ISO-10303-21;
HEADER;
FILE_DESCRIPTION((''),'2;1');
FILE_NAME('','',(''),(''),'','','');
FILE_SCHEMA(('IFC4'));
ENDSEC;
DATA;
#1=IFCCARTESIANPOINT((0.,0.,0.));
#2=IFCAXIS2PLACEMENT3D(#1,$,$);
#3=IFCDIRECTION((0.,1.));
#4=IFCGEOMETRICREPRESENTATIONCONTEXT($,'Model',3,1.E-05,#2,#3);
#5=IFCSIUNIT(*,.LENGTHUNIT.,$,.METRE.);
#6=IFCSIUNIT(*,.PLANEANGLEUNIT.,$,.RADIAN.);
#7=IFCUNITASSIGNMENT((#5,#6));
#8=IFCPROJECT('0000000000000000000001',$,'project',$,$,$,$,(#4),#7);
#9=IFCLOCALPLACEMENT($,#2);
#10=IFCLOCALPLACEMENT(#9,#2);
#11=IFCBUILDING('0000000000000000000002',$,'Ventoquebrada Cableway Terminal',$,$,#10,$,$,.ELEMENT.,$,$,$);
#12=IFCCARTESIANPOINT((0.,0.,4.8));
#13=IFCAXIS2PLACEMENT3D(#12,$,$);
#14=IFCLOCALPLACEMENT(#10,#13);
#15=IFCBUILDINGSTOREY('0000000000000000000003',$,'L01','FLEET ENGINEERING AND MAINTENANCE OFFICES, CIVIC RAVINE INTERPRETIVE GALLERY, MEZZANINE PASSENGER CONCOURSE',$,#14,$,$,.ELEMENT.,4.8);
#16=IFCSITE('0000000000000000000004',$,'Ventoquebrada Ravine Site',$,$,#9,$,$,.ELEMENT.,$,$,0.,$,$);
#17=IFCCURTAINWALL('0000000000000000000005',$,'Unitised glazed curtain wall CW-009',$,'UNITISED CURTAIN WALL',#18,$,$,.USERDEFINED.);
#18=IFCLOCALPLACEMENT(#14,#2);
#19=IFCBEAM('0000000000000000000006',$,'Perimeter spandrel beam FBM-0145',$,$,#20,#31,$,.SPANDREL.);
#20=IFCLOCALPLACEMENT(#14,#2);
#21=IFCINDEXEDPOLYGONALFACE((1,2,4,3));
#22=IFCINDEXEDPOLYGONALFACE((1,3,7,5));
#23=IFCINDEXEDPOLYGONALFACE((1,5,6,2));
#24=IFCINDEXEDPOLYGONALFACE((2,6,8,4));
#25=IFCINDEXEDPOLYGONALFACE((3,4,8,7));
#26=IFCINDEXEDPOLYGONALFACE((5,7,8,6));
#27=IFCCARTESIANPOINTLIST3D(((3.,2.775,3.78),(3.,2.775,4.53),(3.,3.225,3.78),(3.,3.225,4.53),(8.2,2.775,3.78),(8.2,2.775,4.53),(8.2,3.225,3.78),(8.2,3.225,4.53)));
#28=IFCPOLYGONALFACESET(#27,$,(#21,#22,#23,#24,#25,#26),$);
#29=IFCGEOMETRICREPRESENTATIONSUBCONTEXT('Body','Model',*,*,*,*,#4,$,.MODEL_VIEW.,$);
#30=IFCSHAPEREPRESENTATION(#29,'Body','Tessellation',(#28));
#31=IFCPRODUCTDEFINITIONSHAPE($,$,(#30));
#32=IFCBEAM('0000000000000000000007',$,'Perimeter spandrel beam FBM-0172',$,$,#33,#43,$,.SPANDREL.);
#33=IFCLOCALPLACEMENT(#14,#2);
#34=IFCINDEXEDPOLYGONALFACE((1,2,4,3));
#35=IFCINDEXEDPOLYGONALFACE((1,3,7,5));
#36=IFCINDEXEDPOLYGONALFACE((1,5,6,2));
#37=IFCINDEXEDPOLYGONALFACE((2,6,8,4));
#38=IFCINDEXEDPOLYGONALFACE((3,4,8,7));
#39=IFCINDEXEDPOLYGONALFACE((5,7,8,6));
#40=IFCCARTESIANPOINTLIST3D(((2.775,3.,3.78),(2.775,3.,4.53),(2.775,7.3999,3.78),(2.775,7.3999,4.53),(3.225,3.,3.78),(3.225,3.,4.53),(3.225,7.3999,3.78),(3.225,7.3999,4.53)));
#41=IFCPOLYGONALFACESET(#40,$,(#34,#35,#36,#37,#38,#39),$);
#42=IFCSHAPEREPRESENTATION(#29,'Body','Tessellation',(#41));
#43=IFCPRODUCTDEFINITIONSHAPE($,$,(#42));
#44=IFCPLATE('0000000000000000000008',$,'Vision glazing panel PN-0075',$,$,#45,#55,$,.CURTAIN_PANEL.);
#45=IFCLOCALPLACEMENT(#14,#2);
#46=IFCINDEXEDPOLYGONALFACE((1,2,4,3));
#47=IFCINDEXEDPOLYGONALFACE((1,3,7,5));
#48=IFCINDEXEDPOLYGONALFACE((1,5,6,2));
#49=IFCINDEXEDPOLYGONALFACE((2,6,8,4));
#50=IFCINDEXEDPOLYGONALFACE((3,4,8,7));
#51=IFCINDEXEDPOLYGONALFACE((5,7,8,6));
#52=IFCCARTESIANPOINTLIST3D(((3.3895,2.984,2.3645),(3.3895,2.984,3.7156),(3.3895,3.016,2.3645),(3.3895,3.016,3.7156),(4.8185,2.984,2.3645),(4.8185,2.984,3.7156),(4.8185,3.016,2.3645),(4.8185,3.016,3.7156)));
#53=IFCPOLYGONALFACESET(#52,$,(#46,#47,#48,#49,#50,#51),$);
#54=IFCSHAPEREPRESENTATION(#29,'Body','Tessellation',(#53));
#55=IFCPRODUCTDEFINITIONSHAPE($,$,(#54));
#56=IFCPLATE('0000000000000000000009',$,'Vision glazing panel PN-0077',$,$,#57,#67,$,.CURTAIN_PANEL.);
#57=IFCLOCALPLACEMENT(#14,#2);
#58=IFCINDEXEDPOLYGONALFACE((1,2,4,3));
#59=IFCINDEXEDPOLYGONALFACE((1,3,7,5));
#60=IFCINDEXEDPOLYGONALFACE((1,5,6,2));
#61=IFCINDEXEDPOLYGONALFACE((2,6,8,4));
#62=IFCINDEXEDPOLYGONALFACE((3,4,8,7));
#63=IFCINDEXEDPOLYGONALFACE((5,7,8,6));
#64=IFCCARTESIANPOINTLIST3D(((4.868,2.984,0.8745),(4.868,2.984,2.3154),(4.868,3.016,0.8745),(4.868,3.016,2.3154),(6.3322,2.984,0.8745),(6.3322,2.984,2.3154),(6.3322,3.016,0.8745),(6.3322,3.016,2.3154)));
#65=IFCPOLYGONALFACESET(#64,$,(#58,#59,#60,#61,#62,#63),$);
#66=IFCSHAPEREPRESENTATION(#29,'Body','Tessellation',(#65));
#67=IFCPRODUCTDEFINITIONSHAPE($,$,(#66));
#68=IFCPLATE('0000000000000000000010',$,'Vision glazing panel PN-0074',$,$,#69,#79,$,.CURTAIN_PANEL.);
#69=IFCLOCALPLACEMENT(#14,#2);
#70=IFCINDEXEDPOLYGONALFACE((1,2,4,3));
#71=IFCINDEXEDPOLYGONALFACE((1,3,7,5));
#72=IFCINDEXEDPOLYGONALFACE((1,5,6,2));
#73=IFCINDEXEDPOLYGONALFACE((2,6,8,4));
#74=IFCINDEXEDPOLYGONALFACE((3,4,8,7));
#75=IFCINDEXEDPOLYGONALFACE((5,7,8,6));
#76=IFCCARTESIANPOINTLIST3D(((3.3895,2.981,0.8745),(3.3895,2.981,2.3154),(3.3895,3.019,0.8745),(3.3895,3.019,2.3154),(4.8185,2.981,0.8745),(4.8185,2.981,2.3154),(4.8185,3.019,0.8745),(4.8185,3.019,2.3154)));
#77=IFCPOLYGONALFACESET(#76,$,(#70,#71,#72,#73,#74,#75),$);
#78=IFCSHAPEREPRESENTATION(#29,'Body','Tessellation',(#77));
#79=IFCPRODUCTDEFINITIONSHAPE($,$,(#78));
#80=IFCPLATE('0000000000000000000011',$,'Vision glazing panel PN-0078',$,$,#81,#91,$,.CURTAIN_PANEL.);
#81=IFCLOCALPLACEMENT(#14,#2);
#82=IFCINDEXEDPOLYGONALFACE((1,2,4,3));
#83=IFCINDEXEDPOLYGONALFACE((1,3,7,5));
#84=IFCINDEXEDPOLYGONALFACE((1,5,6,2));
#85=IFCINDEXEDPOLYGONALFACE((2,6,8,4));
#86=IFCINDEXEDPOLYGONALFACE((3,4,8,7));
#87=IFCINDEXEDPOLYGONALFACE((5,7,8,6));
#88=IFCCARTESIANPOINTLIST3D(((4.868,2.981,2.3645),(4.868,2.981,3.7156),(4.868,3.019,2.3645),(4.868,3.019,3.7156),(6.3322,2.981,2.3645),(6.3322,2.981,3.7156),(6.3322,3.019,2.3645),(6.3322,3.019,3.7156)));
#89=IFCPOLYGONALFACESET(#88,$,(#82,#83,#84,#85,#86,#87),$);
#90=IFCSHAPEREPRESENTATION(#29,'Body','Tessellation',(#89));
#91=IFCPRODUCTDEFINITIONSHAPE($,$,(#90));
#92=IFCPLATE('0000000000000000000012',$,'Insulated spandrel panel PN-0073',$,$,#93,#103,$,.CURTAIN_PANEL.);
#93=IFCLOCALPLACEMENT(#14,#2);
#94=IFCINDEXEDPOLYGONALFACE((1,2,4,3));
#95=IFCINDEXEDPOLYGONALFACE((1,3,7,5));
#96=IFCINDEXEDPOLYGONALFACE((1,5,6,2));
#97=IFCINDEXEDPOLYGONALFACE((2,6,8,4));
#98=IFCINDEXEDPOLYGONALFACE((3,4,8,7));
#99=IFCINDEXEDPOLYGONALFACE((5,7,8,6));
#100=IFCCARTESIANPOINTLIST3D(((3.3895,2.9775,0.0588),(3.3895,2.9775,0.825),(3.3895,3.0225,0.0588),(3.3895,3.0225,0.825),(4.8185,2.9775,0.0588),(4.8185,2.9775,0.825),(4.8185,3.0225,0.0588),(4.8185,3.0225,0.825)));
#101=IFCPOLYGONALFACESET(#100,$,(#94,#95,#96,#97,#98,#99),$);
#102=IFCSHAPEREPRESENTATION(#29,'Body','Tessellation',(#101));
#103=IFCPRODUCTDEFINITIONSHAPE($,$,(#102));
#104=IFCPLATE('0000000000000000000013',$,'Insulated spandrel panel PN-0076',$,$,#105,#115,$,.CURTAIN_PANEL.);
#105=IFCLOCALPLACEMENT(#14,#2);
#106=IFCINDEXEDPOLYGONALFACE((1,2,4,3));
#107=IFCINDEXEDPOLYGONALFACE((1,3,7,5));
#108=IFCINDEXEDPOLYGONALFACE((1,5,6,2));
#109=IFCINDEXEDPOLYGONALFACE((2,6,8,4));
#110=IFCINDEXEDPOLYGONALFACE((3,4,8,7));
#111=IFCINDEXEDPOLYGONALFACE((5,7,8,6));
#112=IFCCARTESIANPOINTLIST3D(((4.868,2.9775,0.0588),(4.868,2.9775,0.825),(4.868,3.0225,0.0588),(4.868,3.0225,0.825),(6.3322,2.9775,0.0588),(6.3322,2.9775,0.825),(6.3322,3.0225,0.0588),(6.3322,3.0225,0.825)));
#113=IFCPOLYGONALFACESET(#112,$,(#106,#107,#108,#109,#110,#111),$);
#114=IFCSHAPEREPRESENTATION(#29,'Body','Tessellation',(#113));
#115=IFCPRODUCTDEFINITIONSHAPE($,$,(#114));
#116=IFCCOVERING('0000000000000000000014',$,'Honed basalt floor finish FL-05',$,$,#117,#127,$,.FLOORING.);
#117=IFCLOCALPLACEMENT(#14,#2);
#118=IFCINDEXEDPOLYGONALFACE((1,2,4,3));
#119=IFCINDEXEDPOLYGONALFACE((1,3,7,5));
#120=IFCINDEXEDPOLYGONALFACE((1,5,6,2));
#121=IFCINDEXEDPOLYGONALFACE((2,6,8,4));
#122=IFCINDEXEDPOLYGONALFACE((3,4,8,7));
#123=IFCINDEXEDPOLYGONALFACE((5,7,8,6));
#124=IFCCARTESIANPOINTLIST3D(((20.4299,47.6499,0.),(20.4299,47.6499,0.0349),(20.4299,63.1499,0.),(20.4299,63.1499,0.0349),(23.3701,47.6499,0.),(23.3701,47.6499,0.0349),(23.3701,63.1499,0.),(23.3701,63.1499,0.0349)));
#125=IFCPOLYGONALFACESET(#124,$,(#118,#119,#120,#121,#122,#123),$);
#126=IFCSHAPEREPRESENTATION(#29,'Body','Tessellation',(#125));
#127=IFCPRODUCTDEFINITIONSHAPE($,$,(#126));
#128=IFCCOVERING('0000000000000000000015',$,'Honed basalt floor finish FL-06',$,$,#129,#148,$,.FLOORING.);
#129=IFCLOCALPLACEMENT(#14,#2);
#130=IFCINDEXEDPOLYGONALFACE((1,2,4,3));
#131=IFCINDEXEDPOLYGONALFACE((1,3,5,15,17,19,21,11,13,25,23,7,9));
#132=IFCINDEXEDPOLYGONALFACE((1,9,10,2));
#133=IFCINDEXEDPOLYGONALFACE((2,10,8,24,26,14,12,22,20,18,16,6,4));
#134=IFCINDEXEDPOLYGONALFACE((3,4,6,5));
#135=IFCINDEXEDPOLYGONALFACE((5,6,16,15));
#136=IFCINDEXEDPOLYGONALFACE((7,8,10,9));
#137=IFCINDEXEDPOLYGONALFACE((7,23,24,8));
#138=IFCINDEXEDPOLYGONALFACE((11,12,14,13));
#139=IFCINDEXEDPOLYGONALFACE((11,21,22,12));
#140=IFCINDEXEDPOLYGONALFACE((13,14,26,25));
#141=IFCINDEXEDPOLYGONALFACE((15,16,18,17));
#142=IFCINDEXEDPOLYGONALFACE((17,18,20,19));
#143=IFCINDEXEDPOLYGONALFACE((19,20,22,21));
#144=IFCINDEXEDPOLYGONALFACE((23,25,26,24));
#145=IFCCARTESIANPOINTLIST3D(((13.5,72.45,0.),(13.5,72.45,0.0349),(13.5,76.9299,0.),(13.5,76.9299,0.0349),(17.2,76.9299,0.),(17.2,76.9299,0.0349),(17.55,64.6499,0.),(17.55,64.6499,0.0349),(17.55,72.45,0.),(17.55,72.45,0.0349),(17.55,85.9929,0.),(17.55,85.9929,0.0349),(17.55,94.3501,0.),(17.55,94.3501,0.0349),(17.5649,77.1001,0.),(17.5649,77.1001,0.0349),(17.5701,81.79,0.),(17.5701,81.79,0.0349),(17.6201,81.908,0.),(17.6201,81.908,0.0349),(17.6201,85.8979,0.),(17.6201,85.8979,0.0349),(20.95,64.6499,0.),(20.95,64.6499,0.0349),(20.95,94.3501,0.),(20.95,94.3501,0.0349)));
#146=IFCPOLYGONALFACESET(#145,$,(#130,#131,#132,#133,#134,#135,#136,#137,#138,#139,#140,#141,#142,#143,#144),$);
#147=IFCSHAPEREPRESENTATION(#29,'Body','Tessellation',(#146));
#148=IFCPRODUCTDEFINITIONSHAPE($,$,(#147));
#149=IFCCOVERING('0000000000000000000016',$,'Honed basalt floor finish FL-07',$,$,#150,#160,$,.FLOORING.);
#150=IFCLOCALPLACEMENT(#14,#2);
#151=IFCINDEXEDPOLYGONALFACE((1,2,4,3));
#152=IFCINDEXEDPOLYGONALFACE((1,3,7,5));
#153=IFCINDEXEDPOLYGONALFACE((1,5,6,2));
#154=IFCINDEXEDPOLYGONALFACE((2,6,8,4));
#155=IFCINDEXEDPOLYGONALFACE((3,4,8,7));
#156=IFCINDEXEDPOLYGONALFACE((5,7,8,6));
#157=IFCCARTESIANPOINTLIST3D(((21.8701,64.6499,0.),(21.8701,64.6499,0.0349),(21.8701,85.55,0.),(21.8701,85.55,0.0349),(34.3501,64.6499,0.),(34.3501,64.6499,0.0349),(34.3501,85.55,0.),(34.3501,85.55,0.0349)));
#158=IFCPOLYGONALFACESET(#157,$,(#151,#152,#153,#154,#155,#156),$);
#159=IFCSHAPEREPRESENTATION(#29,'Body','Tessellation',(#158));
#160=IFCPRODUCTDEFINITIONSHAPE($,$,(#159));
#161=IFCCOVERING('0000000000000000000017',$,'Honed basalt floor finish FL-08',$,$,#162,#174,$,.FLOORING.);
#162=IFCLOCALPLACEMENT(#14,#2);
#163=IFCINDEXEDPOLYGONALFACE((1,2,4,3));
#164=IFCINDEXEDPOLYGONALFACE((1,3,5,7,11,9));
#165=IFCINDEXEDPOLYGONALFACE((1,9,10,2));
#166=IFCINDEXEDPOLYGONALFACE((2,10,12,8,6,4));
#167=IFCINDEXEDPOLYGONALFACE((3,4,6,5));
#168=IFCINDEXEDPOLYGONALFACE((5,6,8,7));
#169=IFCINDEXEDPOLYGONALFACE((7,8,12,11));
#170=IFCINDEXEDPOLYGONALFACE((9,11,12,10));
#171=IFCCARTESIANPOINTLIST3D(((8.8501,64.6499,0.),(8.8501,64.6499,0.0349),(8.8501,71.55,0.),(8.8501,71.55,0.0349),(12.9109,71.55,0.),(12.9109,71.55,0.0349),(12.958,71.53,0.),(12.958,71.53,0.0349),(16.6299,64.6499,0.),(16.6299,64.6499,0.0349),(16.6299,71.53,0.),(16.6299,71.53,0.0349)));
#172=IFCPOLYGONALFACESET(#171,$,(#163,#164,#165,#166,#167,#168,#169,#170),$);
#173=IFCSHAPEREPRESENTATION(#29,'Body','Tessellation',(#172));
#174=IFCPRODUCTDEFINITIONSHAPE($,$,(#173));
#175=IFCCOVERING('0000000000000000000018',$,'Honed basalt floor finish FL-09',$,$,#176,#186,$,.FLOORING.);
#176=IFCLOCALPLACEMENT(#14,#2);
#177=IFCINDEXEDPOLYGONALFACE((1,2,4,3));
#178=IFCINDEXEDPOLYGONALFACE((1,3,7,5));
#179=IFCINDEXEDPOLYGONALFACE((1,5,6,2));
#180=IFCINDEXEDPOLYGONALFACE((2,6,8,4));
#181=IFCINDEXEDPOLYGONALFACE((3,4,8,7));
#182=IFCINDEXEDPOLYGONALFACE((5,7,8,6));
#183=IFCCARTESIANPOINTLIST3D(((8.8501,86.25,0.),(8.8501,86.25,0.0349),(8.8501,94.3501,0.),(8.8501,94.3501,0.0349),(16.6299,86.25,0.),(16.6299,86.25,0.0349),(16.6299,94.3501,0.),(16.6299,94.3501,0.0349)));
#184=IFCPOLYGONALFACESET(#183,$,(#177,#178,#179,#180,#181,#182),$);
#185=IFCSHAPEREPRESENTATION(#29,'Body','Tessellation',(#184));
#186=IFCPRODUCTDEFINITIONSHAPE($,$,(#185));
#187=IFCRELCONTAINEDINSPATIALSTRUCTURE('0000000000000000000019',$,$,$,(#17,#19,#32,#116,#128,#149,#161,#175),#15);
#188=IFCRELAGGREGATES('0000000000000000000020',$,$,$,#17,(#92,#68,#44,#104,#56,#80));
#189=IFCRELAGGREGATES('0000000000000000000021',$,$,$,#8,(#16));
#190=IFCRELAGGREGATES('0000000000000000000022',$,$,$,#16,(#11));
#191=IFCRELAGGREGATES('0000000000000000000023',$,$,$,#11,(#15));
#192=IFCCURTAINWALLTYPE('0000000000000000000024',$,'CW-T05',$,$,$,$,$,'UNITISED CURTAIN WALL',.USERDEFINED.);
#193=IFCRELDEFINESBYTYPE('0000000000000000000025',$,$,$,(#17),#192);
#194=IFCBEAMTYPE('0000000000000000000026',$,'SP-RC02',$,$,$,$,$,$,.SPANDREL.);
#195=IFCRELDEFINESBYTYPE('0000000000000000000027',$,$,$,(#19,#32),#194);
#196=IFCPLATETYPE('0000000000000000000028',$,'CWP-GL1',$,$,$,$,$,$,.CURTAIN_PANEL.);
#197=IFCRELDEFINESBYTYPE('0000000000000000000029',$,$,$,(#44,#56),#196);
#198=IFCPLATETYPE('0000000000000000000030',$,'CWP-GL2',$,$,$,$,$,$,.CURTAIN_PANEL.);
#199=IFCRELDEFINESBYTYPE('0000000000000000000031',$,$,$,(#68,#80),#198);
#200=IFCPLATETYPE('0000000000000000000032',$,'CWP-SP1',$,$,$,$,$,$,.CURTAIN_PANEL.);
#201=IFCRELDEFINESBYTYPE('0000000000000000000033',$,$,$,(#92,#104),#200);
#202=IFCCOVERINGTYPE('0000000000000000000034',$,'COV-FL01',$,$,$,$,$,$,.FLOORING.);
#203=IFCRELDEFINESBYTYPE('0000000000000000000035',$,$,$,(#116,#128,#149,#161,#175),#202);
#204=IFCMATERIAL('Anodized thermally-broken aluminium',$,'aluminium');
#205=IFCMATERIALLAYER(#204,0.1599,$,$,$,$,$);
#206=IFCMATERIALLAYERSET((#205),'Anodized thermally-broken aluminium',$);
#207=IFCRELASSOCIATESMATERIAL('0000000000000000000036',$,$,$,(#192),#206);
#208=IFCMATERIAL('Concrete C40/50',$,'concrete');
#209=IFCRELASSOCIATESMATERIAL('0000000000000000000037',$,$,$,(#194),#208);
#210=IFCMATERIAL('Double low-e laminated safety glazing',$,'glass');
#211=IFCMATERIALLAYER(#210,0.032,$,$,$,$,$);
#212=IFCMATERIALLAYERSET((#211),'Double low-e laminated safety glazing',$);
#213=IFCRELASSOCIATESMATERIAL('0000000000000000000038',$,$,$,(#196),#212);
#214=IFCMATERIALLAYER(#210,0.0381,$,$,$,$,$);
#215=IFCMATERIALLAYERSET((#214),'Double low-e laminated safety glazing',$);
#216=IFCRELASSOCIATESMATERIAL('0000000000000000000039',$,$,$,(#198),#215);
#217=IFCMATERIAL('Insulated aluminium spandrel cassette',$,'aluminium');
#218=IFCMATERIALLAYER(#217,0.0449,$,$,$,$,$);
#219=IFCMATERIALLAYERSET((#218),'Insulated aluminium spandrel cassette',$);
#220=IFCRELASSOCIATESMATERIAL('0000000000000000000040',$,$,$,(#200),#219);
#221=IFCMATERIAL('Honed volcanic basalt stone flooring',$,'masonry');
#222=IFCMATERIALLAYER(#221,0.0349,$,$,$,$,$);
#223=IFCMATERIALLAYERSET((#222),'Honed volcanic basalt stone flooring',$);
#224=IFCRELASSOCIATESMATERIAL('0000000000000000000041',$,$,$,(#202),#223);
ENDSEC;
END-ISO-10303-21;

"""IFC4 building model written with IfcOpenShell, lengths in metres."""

from ifc_helpers import new_model, si_unit, direction, frame, origin, origin_2d, place, context, subcontext, project, spatial, polyline, rectangle, outline, extrude, material, layer, layer_set, material_profile, profile_set, type_object, element, aggregate, save


model = new_model("IFC4")

# Units and contexts
model_context = context("Model", 3, precision=1e-05, world=origin(), true_north=direction((0.0, 1.0)))
body_context = subcontext(model_context, "Body", "Model", "MODEL_VIEW")
ifc_project = project(units=[si_unit("LENGTHUNIT", "METRE"), si_unit("PLANEANGLEUNIT", "RADIAN")], contexts=[model_context])

# Site, building, storey
site_placement = place(None, origin())
site = spatial("IfcSite", under=ifc_project, at=site_placement, Name="Ventoquebrada Ravine Site", CompositionType="ELEMENT", RefElevation=0.0)
building_placement = place(site_placement, origin())
building = spatial("IfcBuilding", under=site, at=building_placement, Name="Ventoquebrada Cableway Terminal", CompositionType="ELEMENT")
storey_placement = place(building_placement, frame((0.0, 0.0, 4.8)))
storey = spatial("IfcBuildingStorey", under=building, at=storey_placement, Name="L01", Description="FLEET ENGINEERING AND MAINTENANCE OFFICES, CIVIC RAVINE INTERPRETIVE GALLERY, MEZZANINE PASSENGER CONCOURSE", CompositionType="ELEMENT", Elevation=4.8)

# Shared definitions
ifc_material_1 = material(Name="Concrete C40/50", Category="concrete")

# Curtain wall
ifc_material_2 = material(Name="Anodized thermally-broken aluminium", Category="aluminium")
ifc_layer_1 = layer(ifc_material_2, 0.1599)
ifc_layer_set_1 = layer_set([ifc_layer_1], Name="Anodized thermally-broken aluminium")
curtain_wall_type = type_object("IfcCurtainWallType", Name="CW-T05", ElementType="UNITISED CURTAIN WALL", PredefinedType="USERDEFINED", material=ifc_layer_set_1)
curtain_wall_placement = place(storey_placement, origin())
curtain_wall = element("IfcCurtainWall", 1, at=curtain_wall_placement, inside=storey, type_object=curtain_wall_type, Name="Unitised glazed curtain wall CW-009", ObjectType="UNITISED CURTAIN WALL", PredefinedType="USERDEFINED")

# Beams
ifc_material_profile_1 = material_profile(ifc_material_1, rectangle(XDim=0.45, YDim=0.75, at=origin_2d()), Name="RC-BM-450X750")
ifc_profile_set_1 = profile_set([ifc_material_profile_1], Name="Concrete C40/50")
beam_type = type_object("IfcBeamType", Name="SP-RC02", PredefinedType="SPANDREL", material=ifc_profile_set_1)
beam_1_placement = place(storey_placement, frame((3.0, 3.0, 4.155), z_axis=(1.0, 0.0, 0.0), x_axis=(0.0, 1.0, 0.0)))
element("IfcBeam", 2, at=beam_1_placement, inside=storey, type_object=beam_type, Name="Perimeter spandrel beam FBM-0145", PredefinedType="SPANDREL", context=body_context, shape_type="SweptSolid", body=[
    extrude(rectangle(XDim=0.45, YDim=0.75, at=origin_2d()), origin(), (0.0, 0.0, 1.0), 5.2),
])
beam_2_placement = place(storey_placement, frame((3.0, 3.0, 4.155), z_axis=(0.0, 1.0, 0.0), x_axis=(-1.0, 0.0, 0.0)))
element("IfcBeam", 3, at=beam_2_placement, inside=storey, type_object=beam_type, Name="Perimeter spandrel beam FBM-0172", PredefinedType="SPANDREL", context=body_context, shape_type="SweptSolid", body=[
    extrude(rectangle(XDim=0.45, YDim=0.75, at=origin_2d()), origin(), (0.0, 0.0, 1.0), 4.3999),
])

# Plates
ifc_material_3 = material(Name="Double low-e laminated safety glazing", Category="glass")
ifc_layer_2 = layer(ifc_material_3, 0.032)
ifc_layer_set_2 = layer_set([ifc_layer_2], Name="Double low-e laminated safety glazing")
plate_type_1 = type_object("IfcPlateType", Name="CWP-GL1", PredefinedType="CURTAIN_PANEL", material=ifc_layer_set_2)
plate_1_placement = place(storey_placement, frame((4.104, 3.0, 2.3645), z_axis=(0.0, 0.0, 1.0), x_axis=(1.0, 0.0, 0.0)))
plate_1 = element("IfcPlate", 4, at=plate_1_placement, type_object=plate_type_1, Name="Vision glazing panel PN-0075", PredefinedType="CURTAIN_PANEL", context=body_context, shape_type="SweptSolid", body=[
    extrude(rectangle(XDim=1.429, YDim=0.032, at=origin_2d()), origin(), (0.0, 0.0, 1.0), 1.3511),
])
plate_2_placement = place(storey_placement, frame((5.6001, 3.0, 0.8745), z_axis=(0.0, 0.0, 1.0), x_axis=(1.0, 0.0, 0.0)))
plate_2 = element("IfcPlate", 5, at=plate_2_placement, type_object=plate_type_1, Name="Vision glazing panel PN-0077", PredefinedType="CURTAIN_PANEL", context=body_context, shape_type="SweptSolid", body=[
    extrude(rectangle(XDim=1.4641, YDim=0.032, at=origin_2d()), origin(), (0.0, 0.0, 1.0), 1.4409),
])
ifc_layer_3 = layer(ifc_material_3, 0.0381)
ifc_layer_set_3 = layer_set([ifc_layer_3], Name="Double low-e laminated safety glazing")
plate_type_2 = type_object("IfcPlateType", Name="CWP-GL2", PredefinedType="CURTAIN_PANEL", material=ifc_layer_set_3)
plate_3_placement = place(storey_placement, frame((4.104, 3.0, 0.8745), z_axis=(0.0, 0.0, 1.0), x_axis=(1.0, 0.0, 0.0)))
plate_3 = element("IfcPlate", 6, at=plate_3_placement, type_object=plate_type_2, Name="Vision glazing panel PN-0074", PredefinedType="CURTAIN_PANEL", context=body_context, shape_type="SweptSolid", body=[
    extrude(rectangle(XDim=1.429, YDim=0.0381, at=origin_2d()), origin(), (0.0, 0.0, 1.0), 1.4409),
])
plate_4_placement = place(storey_placement, frame((5.6001, 3.0, 2.3645), z_axis=(0.0, 0.0, 1.0), x_axis=(1.0, 0.0, 0.0)))
plate_4 = element("IfcPlate", 7, at=plate_4_placement, type_object=plate_type_2, Name="Vision glazing panel PN-0078", PredefinedType="CURTAIN_PANEL", context=body_context, shape_type="SweptSolid", body=[
    extrude(rectangle(XDim=1.4641, YDim=0.0381, at=origin_2d()), origin(), (0.0, 0.0, 1.0), 1.3511),
])
ifc_material_4 = material(Name="Insulated aluminium spandrel cassette", Category="aluminium")
ifc_layer_4 = layer(ifc_material_4, 0.0449)
ifc_layer_set_4 = layer_set([ifc_layer_4], Name="Insulated aluminium spandrel cassette")
plate_type_3 = type_object("IfcPlateType", Name="CWP-SP1", PredefinedType="CURTAIN_PANEL", material=ifc_layer_set_4)
plate_5_placement = place(storey_placement, frame((4.104, 3.0, 0.0588), z_axis=(0.0, 0.0, 1.0), x_axis=(1.0, 0.0, 0.0)))
plate_5 = element("IfcPlate", 8, at=plate_5_placement, type_object=plate_type_3, Name="Insulated spandrel panel PN-0073", PredefinedType="CURTAIN_PANEL", context=body_context, shape_type="SweptSolid", body=[
    extrude(rectangle(XDim=1.429, YDim=0.0449, at=origin_2d()), origin(), (0.0, 0.0, 1.0), 0.7661),
])
plate_6_placement = place(storey_placement, frame((5.6001, 3.0, 0.0588), z_axis=(0.0, 0.0, 1.0), x_axis=(1.0, 0.0, 0.0)))
plate_6 = element("IfcPlate", 9, at=plate_6_placement, type_object=plate_type_3, Name="Insulated spandrel panel PN-0076", PredefinedType="CURTAIN_PANEL", context=body_context, shape_type="SweptSolid", body=[
    extrude(rectangle(XDim=1.4641, YDim=0.0449, at=origin_2d()), origin(), (0.0, 0.0, 1.0), 0.7661),
])
aggregate(curtain_wall, [plate_5, plate_3, plate_1, plate_6, plate_2, plate_4])

# Coverings
ifc_material_5 = material(Name="Honed volcanic basalt stone flooring", Category="masonry")
ifc_layer_5 = layer(ifc_material_5, 0.0349)
ifc_layer_set_5 = layer_set([ifc_layer_5], Name="Honed volcanic basalt stone flooring")
covering_type = type_object("IfcCoveringType", Name="COV-FL01", PredefinedType="FLOORING", material=ifc_layer_set_5)
covering_1_placement = place(storey_placement, origin())
element("IfcCovering", 10, at=covering_1_placement, inside=storey, type_object=covering_type, Name="Honed basalt floor finish FL-05", PredefinedType="FLOORING", context=body_context, shape_type="SweptSolid", body=[
    extrude(outline(polyline([(20.4299, 47.6499), (23.3701, 47.6499), (23.3701, 63.1499), (20.4299, 63.1499), (20.4299, 47.6499)])), origin(), (0.0, 0.0, 1.0), 0.0349),
])
covering_2_placement = place(storey_placement, origin())
element("IfcCovering", 11, at=covering_2_placement, inside=storey, type_object=covering_type, Name="Honed basalt floor finish FL-06", PredefinedType="FLOORING", context=body_context, shape_type="SweptSolid", body=[
    extrude(outline(polyline([(13.5, 72.45), (17.55, 72.45), (17.55, 64.6499), (20.95, 64.6499), (20.95, 94.3501), (17.55, 94.3501), (17.55, 85.9929), (17.6201, 85.8979), (17.6201, 81.908), (17.5701, 81.79), (17.5649, 77.1001), (17.2, 76.9299), (13.5, 76.9299), (13.5, 72.45)])), origin(), (0.0, 0.0, 1.0), 0.0349),
])
covering_3_placement = place(storey_placement, origin())
element("IfcCovering", 12, at=covering_3_placement, inside=storey, type_object=covering_type, Name="Honed basalt floor finish FL-07", PredefinedType="FLOORING", context=body_context, shape_type="SweptSolid", body=[
    extrude(outline(polyline([(21.8701, 64.6499), (34.3501, 64.6499), (34.3501, 85.55), (21.8701, 85.55), (21.8701, 64.6499)])), origin(), (0.0, 0.0, 1.0), 0.0349),
])
covering_4_placement = place(storey_placement, origin())
element("IfcCovering", 13, at=covering_4_placement, inside=storey, type_object=covering_type, Name="Honed basalt floor finish FL-08", PredefinedType="FLOORING", context=body_context, shape_type="SweptSolid", body=[
    extrude(outline(polyline([(16.6299, 64.6499), (16.6299, 71.53), (12.958, 71.53), (12.9109, 71.55), (8.8501, 71.55), (8.8501, 64.6499), (16.6299, 64.6499)])), origin(), (0.0, 0.0, 1.0), 0.0349),
])
covering_5_placement = place(storey_placement, origin())
element("IfcCovering", 14, at=covering_5_placement, inside=storey, type_object=covering_type, Name="Honed basalt floor finish FL-09", PredefinedType="FLOORING", context=body_context, shape_type="SweptSolid", body=[
    extrude(outline(polyline([(16.6299, 86.25), (16.6299, 94.3501), (8.8501, 94.3501), (8.8501, 86.25), (16.6299, 86.25)])), origin(), (0.0, 0.0, 1.0), 0.0349),
])

save(model, "model.ifc")
